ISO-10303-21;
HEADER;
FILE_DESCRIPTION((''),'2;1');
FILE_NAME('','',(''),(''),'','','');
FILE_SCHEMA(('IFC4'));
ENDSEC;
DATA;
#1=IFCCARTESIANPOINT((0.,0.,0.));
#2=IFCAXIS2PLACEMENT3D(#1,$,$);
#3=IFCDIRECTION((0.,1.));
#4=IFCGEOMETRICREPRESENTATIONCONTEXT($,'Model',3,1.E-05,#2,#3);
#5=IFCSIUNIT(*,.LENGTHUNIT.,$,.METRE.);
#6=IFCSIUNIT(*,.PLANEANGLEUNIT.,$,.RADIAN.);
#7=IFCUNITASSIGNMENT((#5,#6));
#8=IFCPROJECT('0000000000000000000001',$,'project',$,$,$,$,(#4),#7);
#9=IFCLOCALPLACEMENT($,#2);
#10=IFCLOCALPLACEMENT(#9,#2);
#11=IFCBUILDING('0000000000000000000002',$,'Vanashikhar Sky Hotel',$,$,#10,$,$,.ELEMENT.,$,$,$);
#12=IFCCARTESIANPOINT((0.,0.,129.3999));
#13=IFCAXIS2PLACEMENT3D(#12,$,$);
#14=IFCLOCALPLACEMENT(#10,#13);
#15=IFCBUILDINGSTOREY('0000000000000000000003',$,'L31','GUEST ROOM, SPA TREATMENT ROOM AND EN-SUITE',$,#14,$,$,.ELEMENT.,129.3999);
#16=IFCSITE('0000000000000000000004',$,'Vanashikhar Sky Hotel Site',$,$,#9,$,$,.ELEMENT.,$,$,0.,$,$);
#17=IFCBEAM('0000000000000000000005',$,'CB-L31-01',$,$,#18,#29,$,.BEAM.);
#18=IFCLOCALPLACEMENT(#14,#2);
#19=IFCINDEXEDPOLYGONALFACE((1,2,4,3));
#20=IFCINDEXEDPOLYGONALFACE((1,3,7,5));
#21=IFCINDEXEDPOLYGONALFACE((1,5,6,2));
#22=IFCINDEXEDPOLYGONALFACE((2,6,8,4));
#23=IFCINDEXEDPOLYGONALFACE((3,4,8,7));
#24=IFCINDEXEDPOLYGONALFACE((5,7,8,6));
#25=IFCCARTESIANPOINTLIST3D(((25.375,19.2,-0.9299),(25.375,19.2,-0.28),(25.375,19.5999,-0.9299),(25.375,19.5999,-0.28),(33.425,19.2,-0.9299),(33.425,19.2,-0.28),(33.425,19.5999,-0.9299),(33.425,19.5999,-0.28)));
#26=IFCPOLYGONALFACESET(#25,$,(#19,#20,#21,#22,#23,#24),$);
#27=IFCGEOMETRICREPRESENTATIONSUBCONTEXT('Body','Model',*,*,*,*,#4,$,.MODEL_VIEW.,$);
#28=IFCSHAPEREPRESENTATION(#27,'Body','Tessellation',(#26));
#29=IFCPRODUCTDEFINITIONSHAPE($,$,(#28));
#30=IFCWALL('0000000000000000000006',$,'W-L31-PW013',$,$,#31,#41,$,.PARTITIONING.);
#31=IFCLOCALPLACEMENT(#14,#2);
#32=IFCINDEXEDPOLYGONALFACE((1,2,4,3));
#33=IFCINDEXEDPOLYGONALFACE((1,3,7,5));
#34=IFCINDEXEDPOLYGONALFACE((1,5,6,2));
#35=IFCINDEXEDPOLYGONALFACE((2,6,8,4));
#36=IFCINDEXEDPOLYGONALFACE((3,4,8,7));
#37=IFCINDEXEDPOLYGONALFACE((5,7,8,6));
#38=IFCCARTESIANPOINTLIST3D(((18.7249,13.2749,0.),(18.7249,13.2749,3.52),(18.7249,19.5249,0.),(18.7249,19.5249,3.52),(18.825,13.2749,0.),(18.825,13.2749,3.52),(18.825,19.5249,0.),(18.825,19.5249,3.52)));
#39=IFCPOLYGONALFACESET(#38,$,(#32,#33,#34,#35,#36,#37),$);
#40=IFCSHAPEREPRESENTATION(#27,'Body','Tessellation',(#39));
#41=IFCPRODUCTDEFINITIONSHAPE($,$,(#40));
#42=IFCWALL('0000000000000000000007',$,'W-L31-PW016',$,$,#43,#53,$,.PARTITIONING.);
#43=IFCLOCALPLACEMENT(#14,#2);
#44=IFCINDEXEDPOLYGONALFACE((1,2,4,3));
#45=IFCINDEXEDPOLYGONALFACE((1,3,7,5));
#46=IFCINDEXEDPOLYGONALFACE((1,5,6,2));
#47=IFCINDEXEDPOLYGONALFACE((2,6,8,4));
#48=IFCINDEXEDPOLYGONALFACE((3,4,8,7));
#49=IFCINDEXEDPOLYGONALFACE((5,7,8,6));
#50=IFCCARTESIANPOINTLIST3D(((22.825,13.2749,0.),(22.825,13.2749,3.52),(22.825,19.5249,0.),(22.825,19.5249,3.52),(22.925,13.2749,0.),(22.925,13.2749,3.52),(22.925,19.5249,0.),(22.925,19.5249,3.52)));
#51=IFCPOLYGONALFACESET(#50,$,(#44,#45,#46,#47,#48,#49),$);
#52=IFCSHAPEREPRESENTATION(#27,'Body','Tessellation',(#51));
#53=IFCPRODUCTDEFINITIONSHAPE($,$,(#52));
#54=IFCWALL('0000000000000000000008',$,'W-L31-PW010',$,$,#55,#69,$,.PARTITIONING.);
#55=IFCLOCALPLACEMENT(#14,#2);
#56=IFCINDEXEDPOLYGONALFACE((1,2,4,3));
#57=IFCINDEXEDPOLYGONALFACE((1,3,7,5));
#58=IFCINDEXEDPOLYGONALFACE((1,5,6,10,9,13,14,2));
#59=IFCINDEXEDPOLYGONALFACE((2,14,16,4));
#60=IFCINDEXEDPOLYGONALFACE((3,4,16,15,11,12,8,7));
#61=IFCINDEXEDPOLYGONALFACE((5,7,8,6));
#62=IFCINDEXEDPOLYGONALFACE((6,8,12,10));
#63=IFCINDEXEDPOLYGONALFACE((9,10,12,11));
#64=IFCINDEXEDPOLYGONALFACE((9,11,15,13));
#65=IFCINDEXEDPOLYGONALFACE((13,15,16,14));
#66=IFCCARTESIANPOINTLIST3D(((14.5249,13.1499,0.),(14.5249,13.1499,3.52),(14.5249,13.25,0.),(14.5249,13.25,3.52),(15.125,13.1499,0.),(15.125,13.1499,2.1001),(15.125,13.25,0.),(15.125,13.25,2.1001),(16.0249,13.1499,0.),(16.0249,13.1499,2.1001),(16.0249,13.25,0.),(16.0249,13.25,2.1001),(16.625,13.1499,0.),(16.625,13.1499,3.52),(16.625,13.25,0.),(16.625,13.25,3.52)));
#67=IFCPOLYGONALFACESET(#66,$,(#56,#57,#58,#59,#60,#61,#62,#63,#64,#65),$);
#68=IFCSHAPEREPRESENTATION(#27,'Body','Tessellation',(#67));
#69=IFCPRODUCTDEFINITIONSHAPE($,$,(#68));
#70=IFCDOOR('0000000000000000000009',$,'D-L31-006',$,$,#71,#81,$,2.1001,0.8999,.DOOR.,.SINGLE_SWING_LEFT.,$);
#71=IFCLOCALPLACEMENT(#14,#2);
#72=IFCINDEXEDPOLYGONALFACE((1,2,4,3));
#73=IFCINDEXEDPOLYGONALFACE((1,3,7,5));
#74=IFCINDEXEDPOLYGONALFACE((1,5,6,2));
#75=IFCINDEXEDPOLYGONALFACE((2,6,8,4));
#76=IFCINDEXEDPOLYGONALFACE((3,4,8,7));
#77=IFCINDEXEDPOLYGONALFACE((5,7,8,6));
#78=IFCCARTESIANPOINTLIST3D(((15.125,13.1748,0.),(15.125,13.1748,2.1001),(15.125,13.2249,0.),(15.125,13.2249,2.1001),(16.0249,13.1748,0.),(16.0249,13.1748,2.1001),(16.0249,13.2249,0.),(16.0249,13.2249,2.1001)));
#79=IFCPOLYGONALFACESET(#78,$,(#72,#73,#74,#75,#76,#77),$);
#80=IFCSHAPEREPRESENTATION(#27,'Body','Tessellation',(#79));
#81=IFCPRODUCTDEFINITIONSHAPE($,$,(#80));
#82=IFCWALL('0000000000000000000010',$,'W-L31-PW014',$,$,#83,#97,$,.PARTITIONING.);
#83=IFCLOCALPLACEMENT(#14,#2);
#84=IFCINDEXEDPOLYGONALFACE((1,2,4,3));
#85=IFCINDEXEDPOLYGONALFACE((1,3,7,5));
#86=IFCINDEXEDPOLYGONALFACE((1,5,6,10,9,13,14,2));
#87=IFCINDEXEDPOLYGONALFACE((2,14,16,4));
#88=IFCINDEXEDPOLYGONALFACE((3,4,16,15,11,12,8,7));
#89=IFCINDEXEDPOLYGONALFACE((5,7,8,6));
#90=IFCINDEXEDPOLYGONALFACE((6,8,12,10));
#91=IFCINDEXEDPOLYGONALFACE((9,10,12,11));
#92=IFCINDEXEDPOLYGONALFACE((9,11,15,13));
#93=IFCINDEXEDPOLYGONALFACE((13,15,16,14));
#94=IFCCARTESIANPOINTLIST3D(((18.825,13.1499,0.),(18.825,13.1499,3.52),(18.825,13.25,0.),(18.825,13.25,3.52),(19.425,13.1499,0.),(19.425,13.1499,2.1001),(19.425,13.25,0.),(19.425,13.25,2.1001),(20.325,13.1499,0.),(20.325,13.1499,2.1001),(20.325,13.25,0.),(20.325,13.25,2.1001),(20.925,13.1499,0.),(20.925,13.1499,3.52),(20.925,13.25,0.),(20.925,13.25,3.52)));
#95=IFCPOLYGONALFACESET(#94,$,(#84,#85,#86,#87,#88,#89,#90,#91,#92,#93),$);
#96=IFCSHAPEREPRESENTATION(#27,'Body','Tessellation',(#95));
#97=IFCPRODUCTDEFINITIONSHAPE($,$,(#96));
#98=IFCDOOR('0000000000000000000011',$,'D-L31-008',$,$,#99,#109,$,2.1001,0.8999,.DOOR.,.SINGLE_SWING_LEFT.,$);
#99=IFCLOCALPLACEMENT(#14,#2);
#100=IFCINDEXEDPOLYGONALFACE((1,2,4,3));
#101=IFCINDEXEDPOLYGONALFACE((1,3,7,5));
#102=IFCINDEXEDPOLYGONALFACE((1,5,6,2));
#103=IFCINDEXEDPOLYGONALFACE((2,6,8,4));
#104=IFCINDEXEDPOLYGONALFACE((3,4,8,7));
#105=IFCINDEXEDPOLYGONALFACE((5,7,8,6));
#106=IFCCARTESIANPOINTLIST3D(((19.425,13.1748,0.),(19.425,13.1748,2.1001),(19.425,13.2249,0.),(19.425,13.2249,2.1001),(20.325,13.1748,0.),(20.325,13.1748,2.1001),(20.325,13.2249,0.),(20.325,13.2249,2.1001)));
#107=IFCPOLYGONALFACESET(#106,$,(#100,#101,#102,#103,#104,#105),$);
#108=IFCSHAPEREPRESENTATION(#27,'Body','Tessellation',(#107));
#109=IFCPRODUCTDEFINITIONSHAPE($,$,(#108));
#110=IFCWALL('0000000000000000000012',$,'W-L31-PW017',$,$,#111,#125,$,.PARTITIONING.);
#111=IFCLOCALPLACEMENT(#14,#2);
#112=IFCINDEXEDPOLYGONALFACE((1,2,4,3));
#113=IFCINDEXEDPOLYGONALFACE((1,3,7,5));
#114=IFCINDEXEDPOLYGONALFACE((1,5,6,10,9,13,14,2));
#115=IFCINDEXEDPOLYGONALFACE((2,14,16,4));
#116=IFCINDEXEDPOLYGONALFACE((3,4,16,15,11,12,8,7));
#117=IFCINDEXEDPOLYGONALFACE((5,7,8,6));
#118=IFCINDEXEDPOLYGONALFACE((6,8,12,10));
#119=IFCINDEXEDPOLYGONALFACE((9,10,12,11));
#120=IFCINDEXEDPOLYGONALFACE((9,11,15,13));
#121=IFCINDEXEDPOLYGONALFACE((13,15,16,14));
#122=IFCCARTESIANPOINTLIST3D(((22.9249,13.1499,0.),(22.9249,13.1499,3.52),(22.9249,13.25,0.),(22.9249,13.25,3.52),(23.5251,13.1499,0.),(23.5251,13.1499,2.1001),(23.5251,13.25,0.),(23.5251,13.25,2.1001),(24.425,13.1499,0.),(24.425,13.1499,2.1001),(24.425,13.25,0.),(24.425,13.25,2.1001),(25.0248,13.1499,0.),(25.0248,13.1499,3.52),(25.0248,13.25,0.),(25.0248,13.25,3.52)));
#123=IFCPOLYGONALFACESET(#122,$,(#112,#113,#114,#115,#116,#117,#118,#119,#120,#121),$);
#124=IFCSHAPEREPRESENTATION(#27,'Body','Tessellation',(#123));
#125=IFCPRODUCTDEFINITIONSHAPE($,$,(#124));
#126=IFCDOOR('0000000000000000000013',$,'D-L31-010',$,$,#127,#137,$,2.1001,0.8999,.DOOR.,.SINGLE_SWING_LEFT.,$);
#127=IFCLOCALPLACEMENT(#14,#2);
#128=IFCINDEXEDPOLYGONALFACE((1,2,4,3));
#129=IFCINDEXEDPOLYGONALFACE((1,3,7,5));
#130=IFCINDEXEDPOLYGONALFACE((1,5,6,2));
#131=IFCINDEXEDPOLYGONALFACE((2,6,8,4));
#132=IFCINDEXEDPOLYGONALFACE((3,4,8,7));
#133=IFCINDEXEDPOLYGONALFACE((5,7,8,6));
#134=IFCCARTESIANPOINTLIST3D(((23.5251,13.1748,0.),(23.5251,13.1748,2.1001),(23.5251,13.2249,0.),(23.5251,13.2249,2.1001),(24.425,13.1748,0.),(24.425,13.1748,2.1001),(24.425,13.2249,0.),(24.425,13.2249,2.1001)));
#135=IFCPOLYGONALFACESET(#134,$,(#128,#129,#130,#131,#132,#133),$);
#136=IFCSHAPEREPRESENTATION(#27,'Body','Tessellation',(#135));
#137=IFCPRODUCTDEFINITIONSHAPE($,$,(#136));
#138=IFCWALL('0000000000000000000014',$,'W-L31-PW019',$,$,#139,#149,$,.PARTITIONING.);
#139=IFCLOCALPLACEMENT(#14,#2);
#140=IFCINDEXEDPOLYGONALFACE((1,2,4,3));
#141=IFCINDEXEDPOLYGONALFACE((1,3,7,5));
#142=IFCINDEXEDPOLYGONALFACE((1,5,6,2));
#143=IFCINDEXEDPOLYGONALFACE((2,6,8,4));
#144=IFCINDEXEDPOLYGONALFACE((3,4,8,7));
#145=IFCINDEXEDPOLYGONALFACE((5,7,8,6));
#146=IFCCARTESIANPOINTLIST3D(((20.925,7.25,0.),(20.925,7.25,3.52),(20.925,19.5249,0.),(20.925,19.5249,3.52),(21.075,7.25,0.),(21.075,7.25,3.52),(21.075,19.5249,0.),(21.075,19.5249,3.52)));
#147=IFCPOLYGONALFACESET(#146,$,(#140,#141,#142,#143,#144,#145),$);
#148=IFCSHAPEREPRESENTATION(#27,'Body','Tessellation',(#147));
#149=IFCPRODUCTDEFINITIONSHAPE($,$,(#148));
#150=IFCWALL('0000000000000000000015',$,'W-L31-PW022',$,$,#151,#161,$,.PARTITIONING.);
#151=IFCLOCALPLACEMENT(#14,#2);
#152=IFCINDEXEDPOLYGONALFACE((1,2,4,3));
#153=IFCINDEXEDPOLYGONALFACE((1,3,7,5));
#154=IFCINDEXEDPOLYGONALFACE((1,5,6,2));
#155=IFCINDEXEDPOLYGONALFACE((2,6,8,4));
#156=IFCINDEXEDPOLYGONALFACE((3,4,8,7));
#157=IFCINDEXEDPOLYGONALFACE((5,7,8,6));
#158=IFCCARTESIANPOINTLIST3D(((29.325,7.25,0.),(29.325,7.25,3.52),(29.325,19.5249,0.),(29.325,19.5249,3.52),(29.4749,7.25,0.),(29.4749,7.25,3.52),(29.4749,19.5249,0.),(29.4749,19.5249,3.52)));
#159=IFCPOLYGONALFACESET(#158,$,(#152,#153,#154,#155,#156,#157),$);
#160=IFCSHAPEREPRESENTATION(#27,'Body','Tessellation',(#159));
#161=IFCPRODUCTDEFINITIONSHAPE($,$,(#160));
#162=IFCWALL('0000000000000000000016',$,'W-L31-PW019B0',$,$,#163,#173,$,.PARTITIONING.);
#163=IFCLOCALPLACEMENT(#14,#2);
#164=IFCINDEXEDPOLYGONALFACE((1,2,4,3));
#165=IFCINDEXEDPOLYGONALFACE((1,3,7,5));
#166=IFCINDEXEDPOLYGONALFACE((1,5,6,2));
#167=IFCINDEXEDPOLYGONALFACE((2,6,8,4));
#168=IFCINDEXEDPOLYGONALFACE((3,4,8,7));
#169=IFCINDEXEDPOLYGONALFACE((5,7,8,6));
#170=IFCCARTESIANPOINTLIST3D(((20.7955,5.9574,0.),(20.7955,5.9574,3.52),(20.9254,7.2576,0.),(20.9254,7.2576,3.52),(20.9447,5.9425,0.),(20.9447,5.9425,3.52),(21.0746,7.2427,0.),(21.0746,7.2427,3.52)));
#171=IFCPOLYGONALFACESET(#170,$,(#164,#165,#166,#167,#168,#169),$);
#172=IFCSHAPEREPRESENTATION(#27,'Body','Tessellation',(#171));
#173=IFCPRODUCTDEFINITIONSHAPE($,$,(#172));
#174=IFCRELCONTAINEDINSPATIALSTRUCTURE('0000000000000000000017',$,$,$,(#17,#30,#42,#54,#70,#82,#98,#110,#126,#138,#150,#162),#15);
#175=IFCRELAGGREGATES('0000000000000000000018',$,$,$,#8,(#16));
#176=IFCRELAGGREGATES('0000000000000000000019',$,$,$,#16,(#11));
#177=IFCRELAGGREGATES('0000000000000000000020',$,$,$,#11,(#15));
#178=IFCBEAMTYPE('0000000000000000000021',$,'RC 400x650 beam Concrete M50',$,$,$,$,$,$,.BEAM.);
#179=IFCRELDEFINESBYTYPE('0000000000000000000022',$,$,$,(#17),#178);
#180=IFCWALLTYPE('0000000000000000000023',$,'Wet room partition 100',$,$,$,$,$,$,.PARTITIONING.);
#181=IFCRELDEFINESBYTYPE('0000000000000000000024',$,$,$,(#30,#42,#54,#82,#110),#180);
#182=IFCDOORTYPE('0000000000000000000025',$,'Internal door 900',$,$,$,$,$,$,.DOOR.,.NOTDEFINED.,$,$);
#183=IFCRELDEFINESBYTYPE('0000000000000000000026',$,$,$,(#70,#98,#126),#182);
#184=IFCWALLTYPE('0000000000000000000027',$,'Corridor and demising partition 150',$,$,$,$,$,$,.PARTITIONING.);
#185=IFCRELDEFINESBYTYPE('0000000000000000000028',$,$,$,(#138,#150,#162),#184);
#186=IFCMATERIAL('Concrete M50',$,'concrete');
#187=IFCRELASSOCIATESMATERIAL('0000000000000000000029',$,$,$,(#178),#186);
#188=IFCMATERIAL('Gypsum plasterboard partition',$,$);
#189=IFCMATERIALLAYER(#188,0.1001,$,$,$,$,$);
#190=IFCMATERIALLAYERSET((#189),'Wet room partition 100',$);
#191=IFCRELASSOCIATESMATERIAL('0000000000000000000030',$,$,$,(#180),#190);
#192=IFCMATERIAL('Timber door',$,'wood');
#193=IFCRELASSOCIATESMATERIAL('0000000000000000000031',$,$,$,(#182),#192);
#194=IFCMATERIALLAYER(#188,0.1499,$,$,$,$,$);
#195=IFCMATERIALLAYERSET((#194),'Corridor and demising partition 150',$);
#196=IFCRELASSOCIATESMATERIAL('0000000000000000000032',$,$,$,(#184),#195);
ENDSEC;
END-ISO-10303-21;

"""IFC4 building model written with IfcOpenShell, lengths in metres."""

from ifc_helpers import new_model, si_unit, direction, frame, frame_2d, origin, origin_2d, place, context, subcontext, project, spatial, rectangle, extrude, source, transform, mapped, material, layer, layer_set, material_profile, profile_set, type_object, element, fill, save


model = new_model("IFC4")

# Units and contexts
model_context = context("Model", 3, precision=1e-05, world=origin(), true_north=direction((0.0, 1.0)))
body_context = subcontext(model_context, "Body", "Model", "MODEL_VIEW")
ifc_project = project(units=[si_unit("LENGTHUNIT", "METRE"), si_unit("PLANEANGLEUNIT", "RADIAN")], contexts=[model_context])

# Site, building, storey
site_placement = place(None, origin())
site = spatial("IfcSite", under=ifc_project, at=site_placement, Name="Vanashikhar Sky Hotel Site", CompositionType="ELEMENT", RefElevation=0.0)
building_placement = place(site_placement, origin())
building = spatial("IfcBuilding", under=site, at=building_placement, Name="Vanashikhar Sky Hotel", CompositionType="ELEMENT")
storey_placement = place(building_placement, frame((0.0, 0.0, 129.3999)))
storey = spatial("IfcBuildingStorey", under=building, at=storey_placement, Name="L31", Description="GUEST ROOM, SPA TREATMENT ROOM AND EN-SUITE", CompositionType="ELEMENT", Elevation=129.3999)

# Beam
ifc_material_1 = material(Name="Concrete M50", Category="concrete")
ifc_material_profile = material_profile(ifc_material_1, rectangle(XDim=0.3999, YDim=0.6499, at=origin_2d()))
ifc_profile_set = profile_set([ifc_material_profile], Name="RC 400x650 beam Concrete M50")
beam_type = type_object("IfcBeamType", Name="RC 400x650 beam Concrete M50", PredefinedType="BEAM", material=ifc_profile_set)
shared_shape_1 = source(origin(), body_context, "Body", "SweptSolid", [
    extrude(rectangle(XDim=0.3999, YDim=0.6499, at=origin_2d()), origin(), (0.0, 0.0, 1.0), 8.05),
])
beam_placement = place(storey_placement, frame((25.375, 19.3999, -0.605), z_axis=(1.0, 0.0, 0.0), x_axis=(0.0, 1.0, 0.0)))
element("IfcBeam", 1, at=beam_placement, inside=storey, type_object=beam_type, Name="CB-L31-01", PredefinedType="BEAM", context=body_context, shape_type="MappedRepresentation", body=[
    mapped(shared_shape_1, transform((0.0, 0.0, 0.0), scale=1.0)),
])

# Walls
ifc_material_2 = material(Name="Gypsum plasterboard partition")
ifc_layer_1 = layer(ifc_material_2, 0.1001)
ifc_layer_set_1 = layer_set([ifc_layer_1], Name="Wet room partition 100")
wall_type_1 = type_object("IfcWallType", Name="Wet room partition 100", PredefinedType="PARTITIONING", material=ifc_layer_set_1)
shared_shape_2 = source(origin(), body_context, "Body", "SweptSolid", [
    extrude(rectangle(XDim=6.25, YDim=0.1001, at=frame_2d((3.125, 0.0))), origin(), (0.0, 0.0, 1.0), 3.52),
])
for number, where, z_axis, x_axis, name in (
    (2, (18.7749, 13.2749, 0.0), (0.0, 0.0, 1.0), (0.0, 1.0, 0.0), "W-L31-PW013"),
    (3, (22.875, 13.2749, 0.0), (0.0, 0.0, 1.0), (0.0, 1.0, 0.0), "W-L31-PW016"),
):
    element("IfcWall", number, at=place(storey_placement, frame(where, z_axis=z_axis, x_axis=x_axis)), inside=storey, type_object=wall_type_1, Name=name, PredefinedType="PARTITIONING", context=body_context, shape_type="MappedRepresentation", body=[
        mapped(shared_shape_2, transform((0.0, 0.0, 0.0), scale=1.0)),
    ])

# Walls, openings, doors
shared_shape_3 = source(origin(), body_context, "Body", "SweptSolid", [
    extrude(rectangle(XDim=2.1001, YDim=0.1001, at=frame_2d((1.05, 0.0))), origin(), (0.0, 0.0, 1.0), 3.52),
])
wall_1_placement = place(storey_placement, frame((14.5249, 13.2, 0.0), z_axis=(0.0, 0.0, 1.0), x_axis=(1.0, 0.0, 0.0)))
wall_1 = element("IfcWall", 4, at=wall_1_placement, inside=storey, type_object=wall_type_1, Name="W-L31-PW010", PredefinedType="PARTITIONING", context=body_context, shape_type="MappedRepresentation", body=[
    mapped(shared_shape_3, transform((0.0, 0.0, 0.0), scale=1.0)),
])
shared_shape_4 = source(origin(), body_context, "Body", "SweptSolid", [
    extrude(rectangle(XDim=0.8999, YDim=2.1001, at=frame_2d((0.45, 1.05))), frame((0.0, 0.0601, 0.0), z_axis=(0.0, -1.0, 0.0), x_axis=(1.0, 0.0, 0.0)), (0.0, 0.0, 1.0), 0.1201),
])
opening_1_placement = place(wall_1_placement, frame((0.6001, 0.0, 0.0)))
opening_1 = element("IfcOpeningElement", 5, at=opening_1_placement, cuts=wall_1, PredefinedType="OPENING", context=body_context, shape_type="MappedRepresentation", body=[
    mapped(shared_shape_4, transform((0.0, 0.0, 0.0), scale=1.0)),
])
ifc_material_3 = material(Name="Timber door", Category="wood")
door_type_1 = type_object("IfcDoorType", Name="Internal door 900", OperationType="NOTDEFINED", PredefinedType="DOOR", material=ifc_material_3)
shared_shape_5 = source(origin(), body_context, "Body", "SweptSolid", [
    extrude(rectangle(XDim=0.8999, YDim=2.1001, at=frame_2d((0.45, 1.05))), frame((0.0, 0.0249, 0.0), z_axis=(0.0, -1.0, 0.0), x_axis=(1.0, 0.0, 0.0)), (0.0, 0.0, 1.0), 0.05),
])
door_1_placement = place(opening_1_placement, origin())
door_1 = element("IfcDoor", 6, at=door_1_placement, inside=storey, type_object=door_type_1, Name="D-L31-006", OperationType="SINGLE_SWING_LEFT", OverallHeight=2.1001, OverallWidth=0.8999, PredefinedType="DOOR", context=body_context, shape_type="MappedRepresentation", body=[
    mapped(shared_shape_5, transform((0.0, 0.0, 0.0), scale=1.0)),
])
fill(opening_1, door_1)
wall_2_placement = place(storey_placement, frame((18.825, 13.2, 0.0), z_axis=(0.0, 0.0, 1.0), x_axis=(1.0, 0.0, 0.0)))
wall_2 = element("IfcWall", 7, at=wall_2_placement, inside=storey, type_object=wall_type_1, Name="W-L31-PW014", PredefinedType="PARTITIONING", context=body_context, shape_type="MappedRepresentation", body=[
    mapped(shared_shape_3, transform((0.0, 0.0, 0.0), scale=1.0)),
])
opening_2_placement = place(wall_2_placement, frame((0.6001, 0.0, 0.0)))
opening_2 = element("IfcOpeningElement", 8, at=opening_2_placement, cuts=wall_2, PredefinedType="OPENING", context=body_context, shape_type="MappedRepresentation", body=[
    mapped(shared_shape_4, transform((0.0, 0.0, 0.0), scale=1.0)),
])
door_2_placement = place(opening_2_placement, origin())
door_2 = element("IfcDoor", 9, at=door_2_placement, inside=storey, type_object=door_type_1, Name="D-L31-008", OperationType="SINGLE_SWING_LEFT", OverallHeight=2.1001, OverallWidth=0.8999, PredefinedType="DOOR", context=body_context, shape_type="MappedRepresentation", body=[
    mapped(shared_shape_5, transform((0.0, 0.0, 0.0), scale=1.0)),
])
fill(opening_2, door_2)
shared_shape_6 = source(origin(), body_context, "Body", "SweptSolid", [
    extrude(rectangle(XDim=2.0999, YDim=0.1001, at=frame_2d((1.0498, 0.0))), origin(), (0.0, 0.0, 1.0), 3.52),
])
wall_3_placement = place(storey_placement, frame((22.925, 13.2, 0.0), z_axis=(0.0, 0.0, 1.0), x_axis=(1.0, 0.0, 0.0)))
wall_3 = element("IfcWall", 10, at=wall_3_placement, inside=storey, type_object=wall_type_1, Name="W-L31-PW017", PredefinedType="PARTITIONING", context=body_context, shape_type="MappedRepresentation", body=[
    mapped(shared_shape_6, transform((0.0, 0.0, 0.0), scale=1.0)),
])
opening_3_placement = place(wall_3_placement, frame((0.6001, 0.0, 0.0)))
opening_3 = element("IfcOpeningElement", 11, at=opening_3_placement, cuts=wall_3, PredefinedType="OPENING", context=body_context, shape_type="MappedRepresentation", body=[
    mapped(shared_shape_4, transform((0.0, 0.0, 0.0), scale=1.0)),
])
door_3_placement = place(opening_3_placement, origin())
door_3 = element("IfcDoor", 12, at=door_3_placement, inside=storey, type_object=door_type_1, Name="D-L31-010", OperationType="SINGLE_SWING_LEFT", OverallHeight=2.1001, OverallWidth=0.8999, PredefinedType="DOOR", context=body_context, shape_type="MappedRepresentation", body=[
    mapped(shared_shape_5, transform((0.0, 0.0, 0.0), scale=1.0)),
])
fill(opening_3, door_3)

# Walls
ifc_layer_2 = layer(ifc_material_2, 0.1499)
ifc_layer_set_2 = layer_set([ifc_layer_2], Name="Corridor and demising partition 150")
wall_type_2 = type_object("IfcWallType", Name="Corridor and demising partition 150", PredefinedType="PARTITIONING", material=ifc_layer_set_2)
shared_shape_7 = source(origin(), body_context, "Body", "SweptSolid", [
    extrude(rectangle(XDim=12.2749, YDim=0.1499, at=frame_2d((6.1375, 0.0))), origin(), (0.0, 0.0, 1.0), 3.52),
])
for number, where, z_axis, x_axis, name in (
    (13, (21.0, 7.25, 0.0), (0.0, 0.0, 1.0), (0.0, 1.0, 0.0), "W-L31-PW019"),
    (14, (29.3999, 7.25, 0.0), (0.0, 0.0, 1.0), (0.0, 1.0, 0.0), "W-L31-PW022"),
):
    element("IfcWall", number, at=place(storey_placement, frame(where, z_axis=z_axis, x_axis=x_axis)), inside=storey, type_object=wall_type_2, Name=name, PredefinedType="PARTITIONING", context=body_context, shape_type="MappedRepresentation", body=[
        mapped(shared_shape_7, transform((0.0, 0.0, 0.0), scale=1.0)),
    ])
shared_shape_8 = source(origin(), body_context, "Body", "SweptSolid", [
    extrude(rectangle(XDim=1.3066, YDim=0.1499, at=frame_2d((0.6533, 0.0))), origin(), (0.0, 0.0, 1.0), 3.52),
])
for number, where, z_axis, x_axis, name in (
    (15, (20.8701, 5.95, 0.0), (0.0, 0.0, 1.0), (0.099411, 0.995046, 0.0), "W-L31-PW019B0"),
):
    element("IfcWall", number, at=place(storey_placement, frame(where, z_axis=z_axis, x_axis=x_axis)), inside=storey, type_object=wall_type_2, Name=name, PredefinedType="PARTITIONING", context=body_context, shape_type="MappedRepresentation", body=[
        mapped(shared_shape_8, transform((0.0, 0.0, 0.0), scale=1.0)),
    ])

save(model, "model.ifc")
